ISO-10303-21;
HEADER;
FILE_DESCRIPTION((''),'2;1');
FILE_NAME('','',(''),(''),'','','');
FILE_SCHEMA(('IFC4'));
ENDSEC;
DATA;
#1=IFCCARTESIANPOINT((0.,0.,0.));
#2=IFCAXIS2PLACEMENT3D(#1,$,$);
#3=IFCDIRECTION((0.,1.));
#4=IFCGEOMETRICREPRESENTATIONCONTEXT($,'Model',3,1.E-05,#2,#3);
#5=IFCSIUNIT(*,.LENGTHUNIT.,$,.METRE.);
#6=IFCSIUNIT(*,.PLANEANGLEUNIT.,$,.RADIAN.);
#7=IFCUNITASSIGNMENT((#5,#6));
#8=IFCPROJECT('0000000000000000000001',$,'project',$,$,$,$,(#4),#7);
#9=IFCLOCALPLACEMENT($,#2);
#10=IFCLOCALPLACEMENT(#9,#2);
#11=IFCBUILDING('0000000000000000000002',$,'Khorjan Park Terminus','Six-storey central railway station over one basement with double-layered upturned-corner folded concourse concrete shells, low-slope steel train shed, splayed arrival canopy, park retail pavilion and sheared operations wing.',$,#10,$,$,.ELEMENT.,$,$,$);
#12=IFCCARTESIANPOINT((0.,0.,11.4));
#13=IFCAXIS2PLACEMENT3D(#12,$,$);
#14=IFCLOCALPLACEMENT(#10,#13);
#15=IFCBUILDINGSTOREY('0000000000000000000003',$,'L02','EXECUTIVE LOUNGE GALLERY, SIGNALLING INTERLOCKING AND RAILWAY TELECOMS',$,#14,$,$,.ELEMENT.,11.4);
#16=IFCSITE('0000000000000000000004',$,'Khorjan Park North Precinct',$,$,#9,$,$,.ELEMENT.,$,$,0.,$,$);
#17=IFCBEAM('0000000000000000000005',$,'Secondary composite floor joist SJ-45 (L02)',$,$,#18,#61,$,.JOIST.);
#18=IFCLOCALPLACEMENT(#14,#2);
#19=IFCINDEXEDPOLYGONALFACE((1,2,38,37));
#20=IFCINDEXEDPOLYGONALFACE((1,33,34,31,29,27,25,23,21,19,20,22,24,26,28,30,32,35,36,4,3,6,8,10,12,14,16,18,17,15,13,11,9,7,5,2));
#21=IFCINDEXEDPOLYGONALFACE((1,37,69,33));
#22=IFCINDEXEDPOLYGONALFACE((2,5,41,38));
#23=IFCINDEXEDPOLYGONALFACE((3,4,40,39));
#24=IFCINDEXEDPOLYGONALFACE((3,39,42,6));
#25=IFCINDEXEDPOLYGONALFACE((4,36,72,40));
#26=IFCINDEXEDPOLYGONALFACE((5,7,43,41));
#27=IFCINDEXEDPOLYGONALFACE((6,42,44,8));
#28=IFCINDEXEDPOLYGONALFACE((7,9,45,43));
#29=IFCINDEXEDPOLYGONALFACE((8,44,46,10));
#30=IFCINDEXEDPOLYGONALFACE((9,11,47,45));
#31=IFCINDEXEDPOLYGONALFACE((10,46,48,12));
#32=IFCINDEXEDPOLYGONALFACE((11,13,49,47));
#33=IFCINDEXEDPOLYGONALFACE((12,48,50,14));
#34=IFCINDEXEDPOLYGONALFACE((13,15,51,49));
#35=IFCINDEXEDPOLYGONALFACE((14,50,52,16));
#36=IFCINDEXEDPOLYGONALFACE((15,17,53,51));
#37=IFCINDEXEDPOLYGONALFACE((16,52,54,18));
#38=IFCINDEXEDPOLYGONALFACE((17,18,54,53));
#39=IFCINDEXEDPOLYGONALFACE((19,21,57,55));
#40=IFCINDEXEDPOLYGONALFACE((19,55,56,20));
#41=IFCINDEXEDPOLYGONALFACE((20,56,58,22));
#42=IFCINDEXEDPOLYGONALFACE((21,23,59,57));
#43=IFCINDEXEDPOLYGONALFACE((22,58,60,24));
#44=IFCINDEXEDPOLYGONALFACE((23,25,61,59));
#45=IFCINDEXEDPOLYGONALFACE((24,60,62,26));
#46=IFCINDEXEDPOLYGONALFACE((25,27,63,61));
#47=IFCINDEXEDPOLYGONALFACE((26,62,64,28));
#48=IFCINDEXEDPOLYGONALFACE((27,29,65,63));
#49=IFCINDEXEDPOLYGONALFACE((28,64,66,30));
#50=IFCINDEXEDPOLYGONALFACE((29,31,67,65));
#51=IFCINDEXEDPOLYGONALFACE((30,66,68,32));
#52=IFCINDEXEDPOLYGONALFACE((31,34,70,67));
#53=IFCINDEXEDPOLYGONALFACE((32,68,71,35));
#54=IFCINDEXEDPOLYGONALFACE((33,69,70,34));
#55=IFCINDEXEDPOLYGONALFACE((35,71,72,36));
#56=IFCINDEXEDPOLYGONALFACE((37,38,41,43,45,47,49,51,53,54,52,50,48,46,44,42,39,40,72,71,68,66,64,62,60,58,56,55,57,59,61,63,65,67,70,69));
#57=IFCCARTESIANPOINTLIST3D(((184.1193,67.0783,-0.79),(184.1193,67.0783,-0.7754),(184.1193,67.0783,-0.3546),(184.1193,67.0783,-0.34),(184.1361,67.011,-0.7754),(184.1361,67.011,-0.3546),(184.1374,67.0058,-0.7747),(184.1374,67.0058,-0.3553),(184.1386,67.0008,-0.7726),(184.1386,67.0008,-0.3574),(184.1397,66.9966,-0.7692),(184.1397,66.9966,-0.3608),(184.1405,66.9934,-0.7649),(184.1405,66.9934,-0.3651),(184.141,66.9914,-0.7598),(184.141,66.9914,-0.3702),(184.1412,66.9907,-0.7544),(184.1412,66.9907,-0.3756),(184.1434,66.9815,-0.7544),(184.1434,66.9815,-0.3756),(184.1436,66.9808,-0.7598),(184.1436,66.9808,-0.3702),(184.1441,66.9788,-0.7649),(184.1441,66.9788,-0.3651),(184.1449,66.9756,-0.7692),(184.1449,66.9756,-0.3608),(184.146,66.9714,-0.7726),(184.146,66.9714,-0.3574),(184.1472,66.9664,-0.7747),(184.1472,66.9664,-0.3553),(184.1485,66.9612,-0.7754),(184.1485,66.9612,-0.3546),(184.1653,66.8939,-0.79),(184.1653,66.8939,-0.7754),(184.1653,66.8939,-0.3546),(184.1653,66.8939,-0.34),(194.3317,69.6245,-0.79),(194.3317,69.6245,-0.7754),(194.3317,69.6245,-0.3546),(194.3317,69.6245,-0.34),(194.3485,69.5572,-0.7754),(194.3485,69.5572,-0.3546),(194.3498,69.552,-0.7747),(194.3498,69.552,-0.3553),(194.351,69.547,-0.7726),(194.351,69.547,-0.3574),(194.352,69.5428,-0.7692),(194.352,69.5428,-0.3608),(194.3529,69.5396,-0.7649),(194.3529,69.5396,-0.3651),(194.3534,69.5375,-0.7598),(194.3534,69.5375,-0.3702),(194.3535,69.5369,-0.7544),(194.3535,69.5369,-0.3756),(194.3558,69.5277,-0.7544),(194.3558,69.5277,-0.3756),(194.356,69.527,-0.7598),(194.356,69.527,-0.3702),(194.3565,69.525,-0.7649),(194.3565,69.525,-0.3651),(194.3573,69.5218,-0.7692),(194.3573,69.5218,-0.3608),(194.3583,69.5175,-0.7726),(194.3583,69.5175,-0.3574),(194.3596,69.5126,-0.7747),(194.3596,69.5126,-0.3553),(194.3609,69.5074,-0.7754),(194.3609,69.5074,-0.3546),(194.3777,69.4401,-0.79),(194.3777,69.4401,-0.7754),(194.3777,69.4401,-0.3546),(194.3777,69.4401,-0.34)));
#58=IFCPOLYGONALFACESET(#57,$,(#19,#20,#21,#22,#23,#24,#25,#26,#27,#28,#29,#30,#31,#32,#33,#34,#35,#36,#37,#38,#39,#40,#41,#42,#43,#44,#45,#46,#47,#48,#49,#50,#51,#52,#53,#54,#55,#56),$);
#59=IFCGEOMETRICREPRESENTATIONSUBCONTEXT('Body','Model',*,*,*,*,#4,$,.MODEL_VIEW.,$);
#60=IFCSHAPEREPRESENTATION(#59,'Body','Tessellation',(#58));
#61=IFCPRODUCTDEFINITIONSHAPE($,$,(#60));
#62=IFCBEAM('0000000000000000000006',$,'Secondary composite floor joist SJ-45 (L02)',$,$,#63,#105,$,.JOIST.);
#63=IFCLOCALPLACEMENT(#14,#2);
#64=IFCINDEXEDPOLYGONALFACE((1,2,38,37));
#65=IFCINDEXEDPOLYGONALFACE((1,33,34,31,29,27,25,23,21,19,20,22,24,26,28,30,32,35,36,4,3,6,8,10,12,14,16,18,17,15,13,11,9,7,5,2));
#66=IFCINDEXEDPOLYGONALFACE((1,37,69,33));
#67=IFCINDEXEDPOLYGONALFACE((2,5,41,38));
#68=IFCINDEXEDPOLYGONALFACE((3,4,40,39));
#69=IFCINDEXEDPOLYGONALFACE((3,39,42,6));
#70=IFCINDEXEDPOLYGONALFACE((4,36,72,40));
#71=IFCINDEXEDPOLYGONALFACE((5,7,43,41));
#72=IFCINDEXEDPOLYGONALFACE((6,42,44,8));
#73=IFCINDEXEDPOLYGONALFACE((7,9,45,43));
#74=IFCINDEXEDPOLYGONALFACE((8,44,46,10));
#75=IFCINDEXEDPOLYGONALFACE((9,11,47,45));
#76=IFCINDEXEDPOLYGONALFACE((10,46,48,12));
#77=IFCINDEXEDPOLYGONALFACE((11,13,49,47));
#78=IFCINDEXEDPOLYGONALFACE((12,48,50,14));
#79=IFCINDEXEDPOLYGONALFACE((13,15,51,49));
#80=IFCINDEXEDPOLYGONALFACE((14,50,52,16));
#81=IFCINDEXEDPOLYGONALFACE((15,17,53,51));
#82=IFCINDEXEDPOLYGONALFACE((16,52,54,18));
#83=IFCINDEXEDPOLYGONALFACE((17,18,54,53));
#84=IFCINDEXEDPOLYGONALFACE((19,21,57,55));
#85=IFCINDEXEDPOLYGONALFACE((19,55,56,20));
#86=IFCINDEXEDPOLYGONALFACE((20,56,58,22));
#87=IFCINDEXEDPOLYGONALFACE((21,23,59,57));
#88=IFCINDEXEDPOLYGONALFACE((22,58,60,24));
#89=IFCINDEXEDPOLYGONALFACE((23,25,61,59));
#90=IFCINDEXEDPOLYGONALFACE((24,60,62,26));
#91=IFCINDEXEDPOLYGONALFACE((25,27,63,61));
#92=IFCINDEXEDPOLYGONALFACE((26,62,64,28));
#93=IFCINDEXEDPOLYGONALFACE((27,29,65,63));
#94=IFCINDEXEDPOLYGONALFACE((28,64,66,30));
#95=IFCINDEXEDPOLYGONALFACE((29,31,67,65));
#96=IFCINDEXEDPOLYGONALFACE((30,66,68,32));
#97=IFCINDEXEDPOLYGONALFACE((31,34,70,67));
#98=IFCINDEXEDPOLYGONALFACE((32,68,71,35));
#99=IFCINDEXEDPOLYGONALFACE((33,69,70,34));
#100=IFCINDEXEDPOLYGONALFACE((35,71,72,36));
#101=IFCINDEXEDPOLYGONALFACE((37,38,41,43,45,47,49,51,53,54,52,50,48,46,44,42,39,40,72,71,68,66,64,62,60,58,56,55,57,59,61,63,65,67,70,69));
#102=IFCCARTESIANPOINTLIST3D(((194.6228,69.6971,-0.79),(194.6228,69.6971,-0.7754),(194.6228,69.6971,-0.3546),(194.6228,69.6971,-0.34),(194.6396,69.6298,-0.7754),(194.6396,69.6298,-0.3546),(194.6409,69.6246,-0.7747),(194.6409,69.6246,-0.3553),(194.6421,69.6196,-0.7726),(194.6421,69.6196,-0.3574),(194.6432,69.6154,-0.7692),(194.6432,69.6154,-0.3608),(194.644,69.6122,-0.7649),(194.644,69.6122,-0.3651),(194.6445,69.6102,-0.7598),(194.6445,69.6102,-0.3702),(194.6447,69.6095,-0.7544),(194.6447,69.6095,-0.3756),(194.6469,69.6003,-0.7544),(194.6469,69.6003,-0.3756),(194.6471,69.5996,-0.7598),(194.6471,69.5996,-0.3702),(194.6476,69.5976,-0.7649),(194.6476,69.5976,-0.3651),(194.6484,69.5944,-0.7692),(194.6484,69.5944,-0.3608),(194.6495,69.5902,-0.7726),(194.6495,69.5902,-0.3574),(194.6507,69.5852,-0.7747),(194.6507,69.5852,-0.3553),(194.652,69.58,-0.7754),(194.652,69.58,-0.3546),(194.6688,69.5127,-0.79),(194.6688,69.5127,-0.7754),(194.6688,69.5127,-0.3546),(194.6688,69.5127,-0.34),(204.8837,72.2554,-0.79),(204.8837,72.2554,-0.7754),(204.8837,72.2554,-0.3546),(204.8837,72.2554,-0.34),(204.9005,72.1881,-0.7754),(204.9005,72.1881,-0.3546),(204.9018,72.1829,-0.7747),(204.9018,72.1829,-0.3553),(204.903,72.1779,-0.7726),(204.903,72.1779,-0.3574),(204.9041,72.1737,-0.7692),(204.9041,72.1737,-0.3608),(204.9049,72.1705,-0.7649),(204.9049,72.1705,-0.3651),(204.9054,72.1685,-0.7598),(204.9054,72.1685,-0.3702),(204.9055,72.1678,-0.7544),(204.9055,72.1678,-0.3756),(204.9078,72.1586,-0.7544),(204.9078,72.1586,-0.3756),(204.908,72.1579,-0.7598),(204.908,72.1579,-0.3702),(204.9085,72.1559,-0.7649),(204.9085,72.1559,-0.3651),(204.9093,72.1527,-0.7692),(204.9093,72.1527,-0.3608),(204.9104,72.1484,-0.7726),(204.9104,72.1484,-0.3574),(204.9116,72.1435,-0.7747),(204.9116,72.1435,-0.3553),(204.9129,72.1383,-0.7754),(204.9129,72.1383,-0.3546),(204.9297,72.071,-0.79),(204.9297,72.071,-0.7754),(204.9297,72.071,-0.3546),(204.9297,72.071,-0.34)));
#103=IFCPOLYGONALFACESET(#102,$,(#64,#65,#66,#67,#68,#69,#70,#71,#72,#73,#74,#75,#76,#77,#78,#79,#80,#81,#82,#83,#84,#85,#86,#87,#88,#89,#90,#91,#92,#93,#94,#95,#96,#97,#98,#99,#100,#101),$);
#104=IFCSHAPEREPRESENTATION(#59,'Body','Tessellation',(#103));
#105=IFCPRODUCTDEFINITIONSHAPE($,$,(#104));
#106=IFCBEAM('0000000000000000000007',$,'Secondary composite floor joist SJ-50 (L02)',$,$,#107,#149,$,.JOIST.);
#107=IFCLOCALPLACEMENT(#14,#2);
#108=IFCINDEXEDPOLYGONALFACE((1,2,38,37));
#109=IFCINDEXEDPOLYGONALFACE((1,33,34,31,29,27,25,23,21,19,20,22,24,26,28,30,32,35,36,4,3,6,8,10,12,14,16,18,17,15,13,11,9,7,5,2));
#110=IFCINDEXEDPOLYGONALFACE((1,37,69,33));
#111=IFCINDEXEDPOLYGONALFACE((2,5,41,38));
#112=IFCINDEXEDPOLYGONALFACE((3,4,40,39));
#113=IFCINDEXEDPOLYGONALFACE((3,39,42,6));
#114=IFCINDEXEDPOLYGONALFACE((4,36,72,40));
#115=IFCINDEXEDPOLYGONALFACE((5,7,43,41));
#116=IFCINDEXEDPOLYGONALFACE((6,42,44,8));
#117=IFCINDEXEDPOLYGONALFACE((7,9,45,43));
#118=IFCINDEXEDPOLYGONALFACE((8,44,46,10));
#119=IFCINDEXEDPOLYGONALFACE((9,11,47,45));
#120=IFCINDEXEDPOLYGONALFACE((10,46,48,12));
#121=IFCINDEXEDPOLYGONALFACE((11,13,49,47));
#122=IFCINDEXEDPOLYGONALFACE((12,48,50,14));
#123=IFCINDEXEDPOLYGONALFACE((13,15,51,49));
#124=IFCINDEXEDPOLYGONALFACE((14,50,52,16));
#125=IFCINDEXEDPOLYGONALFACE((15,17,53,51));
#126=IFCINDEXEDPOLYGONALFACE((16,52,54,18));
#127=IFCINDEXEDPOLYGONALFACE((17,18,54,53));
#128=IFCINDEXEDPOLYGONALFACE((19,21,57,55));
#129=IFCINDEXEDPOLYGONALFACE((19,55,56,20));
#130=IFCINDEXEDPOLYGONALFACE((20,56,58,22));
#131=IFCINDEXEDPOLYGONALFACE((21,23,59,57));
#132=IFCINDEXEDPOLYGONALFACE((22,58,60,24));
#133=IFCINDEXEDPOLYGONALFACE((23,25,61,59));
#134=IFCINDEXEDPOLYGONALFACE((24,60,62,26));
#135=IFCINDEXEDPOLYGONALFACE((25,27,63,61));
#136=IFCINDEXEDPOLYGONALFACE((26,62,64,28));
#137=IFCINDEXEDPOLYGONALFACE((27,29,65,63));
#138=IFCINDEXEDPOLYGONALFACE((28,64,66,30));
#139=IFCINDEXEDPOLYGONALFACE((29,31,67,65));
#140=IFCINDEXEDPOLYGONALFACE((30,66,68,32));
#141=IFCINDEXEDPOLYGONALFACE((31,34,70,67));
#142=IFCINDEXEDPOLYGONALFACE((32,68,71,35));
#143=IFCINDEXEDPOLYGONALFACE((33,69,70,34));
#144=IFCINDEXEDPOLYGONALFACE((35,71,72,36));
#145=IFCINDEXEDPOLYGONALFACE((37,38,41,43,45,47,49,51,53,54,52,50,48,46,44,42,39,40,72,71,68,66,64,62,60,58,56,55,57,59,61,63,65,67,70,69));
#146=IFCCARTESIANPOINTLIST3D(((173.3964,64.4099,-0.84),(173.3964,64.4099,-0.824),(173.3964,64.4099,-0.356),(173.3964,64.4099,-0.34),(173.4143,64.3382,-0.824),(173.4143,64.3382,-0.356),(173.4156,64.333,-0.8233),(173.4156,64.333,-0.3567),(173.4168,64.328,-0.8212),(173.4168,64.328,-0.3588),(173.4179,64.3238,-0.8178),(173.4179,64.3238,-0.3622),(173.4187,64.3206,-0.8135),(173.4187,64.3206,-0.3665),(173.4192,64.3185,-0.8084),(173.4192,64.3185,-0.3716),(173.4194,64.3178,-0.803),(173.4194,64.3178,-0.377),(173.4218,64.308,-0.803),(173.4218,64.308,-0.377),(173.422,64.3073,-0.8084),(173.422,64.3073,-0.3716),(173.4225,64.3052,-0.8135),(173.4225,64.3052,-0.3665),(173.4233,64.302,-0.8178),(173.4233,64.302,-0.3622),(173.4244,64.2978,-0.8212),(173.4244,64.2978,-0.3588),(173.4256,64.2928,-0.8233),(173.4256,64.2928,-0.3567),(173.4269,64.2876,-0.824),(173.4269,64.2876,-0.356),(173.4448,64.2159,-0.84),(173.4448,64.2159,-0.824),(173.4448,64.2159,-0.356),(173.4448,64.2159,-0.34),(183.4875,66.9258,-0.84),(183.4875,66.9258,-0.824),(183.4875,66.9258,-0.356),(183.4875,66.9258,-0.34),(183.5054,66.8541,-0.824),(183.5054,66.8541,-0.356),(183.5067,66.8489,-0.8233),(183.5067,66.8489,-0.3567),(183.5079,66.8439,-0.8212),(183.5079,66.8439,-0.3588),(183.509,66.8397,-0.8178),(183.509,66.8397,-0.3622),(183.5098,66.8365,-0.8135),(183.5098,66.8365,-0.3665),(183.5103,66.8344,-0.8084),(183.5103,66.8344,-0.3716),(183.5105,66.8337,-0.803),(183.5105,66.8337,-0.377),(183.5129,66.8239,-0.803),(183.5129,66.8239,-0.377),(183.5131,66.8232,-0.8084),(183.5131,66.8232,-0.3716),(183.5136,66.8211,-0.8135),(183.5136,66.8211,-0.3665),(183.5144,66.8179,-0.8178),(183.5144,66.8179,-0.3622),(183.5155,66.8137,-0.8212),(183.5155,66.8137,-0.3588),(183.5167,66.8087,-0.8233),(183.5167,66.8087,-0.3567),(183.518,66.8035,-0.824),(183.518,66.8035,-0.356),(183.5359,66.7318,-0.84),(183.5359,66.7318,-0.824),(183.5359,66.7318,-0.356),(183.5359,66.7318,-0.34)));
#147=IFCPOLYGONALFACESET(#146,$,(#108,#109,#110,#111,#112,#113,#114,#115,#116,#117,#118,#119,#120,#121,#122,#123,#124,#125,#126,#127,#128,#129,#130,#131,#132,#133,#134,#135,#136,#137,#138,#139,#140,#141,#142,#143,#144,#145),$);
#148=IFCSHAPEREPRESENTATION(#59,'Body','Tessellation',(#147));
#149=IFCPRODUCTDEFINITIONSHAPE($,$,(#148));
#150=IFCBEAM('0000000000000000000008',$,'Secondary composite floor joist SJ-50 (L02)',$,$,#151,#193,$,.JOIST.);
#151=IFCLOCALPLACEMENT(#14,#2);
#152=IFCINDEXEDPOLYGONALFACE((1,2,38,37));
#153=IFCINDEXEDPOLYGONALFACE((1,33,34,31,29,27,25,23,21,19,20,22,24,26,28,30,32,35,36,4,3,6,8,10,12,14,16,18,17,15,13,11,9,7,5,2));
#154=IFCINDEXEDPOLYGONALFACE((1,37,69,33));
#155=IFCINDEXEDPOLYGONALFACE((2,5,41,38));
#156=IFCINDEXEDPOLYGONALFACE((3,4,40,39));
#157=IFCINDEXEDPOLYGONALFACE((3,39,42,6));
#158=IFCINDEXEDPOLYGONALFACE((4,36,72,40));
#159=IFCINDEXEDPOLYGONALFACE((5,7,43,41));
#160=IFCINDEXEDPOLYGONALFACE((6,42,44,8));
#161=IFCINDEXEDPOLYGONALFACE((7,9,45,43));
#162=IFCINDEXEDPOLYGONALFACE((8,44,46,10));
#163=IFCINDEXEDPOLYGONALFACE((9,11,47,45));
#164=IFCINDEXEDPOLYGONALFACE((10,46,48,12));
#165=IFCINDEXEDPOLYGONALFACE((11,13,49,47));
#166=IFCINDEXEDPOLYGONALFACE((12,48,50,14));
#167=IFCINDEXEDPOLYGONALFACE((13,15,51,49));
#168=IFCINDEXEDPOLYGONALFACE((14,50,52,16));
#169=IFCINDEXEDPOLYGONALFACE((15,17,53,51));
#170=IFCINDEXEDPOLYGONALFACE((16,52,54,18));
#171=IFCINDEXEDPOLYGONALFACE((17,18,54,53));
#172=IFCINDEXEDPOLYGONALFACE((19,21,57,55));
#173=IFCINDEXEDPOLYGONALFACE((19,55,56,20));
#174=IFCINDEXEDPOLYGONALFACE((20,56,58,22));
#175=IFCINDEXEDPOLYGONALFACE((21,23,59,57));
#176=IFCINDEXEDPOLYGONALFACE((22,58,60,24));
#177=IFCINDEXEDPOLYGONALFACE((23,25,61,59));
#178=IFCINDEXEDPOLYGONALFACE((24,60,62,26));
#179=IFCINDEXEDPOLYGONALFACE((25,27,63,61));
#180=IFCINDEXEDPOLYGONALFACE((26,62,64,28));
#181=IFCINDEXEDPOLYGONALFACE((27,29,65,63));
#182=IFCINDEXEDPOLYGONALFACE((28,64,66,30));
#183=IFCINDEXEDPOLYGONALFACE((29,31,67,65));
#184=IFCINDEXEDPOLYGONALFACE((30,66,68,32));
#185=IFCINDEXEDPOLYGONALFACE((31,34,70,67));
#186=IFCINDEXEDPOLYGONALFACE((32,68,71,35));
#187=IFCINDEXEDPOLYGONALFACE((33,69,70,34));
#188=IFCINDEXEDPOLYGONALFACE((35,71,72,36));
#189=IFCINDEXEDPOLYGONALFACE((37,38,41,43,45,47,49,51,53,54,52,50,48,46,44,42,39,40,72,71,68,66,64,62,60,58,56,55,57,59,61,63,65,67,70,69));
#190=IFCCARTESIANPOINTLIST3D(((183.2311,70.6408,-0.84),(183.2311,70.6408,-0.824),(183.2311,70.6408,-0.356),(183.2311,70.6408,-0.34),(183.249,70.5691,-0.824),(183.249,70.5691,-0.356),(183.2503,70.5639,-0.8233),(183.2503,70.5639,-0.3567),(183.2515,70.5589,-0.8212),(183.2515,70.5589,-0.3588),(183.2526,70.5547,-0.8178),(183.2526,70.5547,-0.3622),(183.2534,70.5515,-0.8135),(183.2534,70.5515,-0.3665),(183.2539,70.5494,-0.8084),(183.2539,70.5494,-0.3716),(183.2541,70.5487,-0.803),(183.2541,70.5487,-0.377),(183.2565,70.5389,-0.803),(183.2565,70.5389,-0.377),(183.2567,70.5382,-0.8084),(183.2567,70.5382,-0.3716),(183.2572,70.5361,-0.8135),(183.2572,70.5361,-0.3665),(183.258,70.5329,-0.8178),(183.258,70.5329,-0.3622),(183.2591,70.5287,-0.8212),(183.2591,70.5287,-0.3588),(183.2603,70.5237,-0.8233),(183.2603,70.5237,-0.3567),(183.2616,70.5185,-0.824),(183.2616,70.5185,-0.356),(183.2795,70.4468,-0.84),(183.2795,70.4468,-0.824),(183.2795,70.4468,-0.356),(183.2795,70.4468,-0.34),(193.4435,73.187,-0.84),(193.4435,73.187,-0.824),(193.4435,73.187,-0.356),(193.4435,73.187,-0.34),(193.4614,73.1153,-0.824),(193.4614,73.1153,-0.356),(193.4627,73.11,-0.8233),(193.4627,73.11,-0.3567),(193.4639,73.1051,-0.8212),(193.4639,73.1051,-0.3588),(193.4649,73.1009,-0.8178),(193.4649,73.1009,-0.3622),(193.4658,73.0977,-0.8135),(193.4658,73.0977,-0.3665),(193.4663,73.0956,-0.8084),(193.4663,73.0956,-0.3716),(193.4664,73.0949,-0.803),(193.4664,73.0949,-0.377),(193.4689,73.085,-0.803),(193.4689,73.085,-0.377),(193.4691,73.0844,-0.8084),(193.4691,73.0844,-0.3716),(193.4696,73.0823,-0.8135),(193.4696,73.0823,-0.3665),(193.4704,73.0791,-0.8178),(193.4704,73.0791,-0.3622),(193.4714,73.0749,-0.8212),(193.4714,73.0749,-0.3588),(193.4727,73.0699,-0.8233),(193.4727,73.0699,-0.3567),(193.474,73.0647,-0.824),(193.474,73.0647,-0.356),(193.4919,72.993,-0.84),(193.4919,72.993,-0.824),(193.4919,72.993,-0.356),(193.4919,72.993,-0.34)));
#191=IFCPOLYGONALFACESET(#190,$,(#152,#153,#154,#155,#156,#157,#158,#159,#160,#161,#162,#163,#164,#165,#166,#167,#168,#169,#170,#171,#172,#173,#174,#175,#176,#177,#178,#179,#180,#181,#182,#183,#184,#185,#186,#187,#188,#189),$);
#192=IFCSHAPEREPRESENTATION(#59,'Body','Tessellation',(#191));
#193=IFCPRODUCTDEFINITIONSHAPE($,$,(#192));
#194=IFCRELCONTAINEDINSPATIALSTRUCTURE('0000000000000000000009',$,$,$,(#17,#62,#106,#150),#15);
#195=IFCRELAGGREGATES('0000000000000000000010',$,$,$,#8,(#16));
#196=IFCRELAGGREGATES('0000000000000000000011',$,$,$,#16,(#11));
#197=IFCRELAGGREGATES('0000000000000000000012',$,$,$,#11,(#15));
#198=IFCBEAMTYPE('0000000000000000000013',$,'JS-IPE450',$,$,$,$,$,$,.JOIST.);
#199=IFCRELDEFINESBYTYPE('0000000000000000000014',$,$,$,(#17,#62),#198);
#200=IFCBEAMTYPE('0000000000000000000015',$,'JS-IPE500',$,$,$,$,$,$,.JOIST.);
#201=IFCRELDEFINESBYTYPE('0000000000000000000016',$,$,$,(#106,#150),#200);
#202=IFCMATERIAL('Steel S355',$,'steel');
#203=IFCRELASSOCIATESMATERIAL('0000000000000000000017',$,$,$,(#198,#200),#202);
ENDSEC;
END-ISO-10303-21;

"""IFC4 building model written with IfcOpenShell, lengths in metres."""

from ifc_helpers import new_model, si_unit, direction, frame, origin, origin_2d, place, context, subcontext, project, spatial, i_section, extrude, material, material_profile, profile_set, type_object, element, save


model = new_model("IFC4")

# Units and contexts
model_context = context("Model", 3, precision=1e-05, world=origin(), true_north=direction((0.0, 1.0)))
body_context = subcontext(model_context, "Body", "Model", "MODEL_VIEW")
ifc_project = project(units=[si_unit("LENGTHUNIT", "METRE"), si_unit("PLANEANGLEUNIT", "RADIAN")], contexts=[model_context])

# Site, building, storey
site_placement = place(None, origin())
site = spatial("IfcSite", under=ifc_project, at=site_placement, Name="Khorjan Park North Precinct", CompositionType="ELEMENT", RefElevation=0.0)
building_placement = place(site_placement, origin())
building = spatial("IfcBuilding", under=site, at=building_placement, Name="Khorjan Park Terminus", Description="Six-storey central railway station over one basement with double-layered upturned-corner folded concourse concrete shells, low-slope steel train shed, splayed arrival canopy, park retail pavilion and sheared operations wing.", CompositionType="ELEMENT")
storey_placement = place(building_placement, frame((0.0, 0.0, 11.4)))
storey = spatial("IfcBuildingStorey", under=building, at=storey_placement, Name="L02", Description="EXECUTIVE LOUNGE GALLERY, SIGNALLING INTERLOCKING AND RAILWAY TELECOMS", CompositionType="ELEMENT", Elevation=11.4)

# Beams
ifc_material_1 = material(Name="Steel S355", Category="steel")
ifc_material_profile_1 = material_profile(ifc_material_1, i_section(OverallWidth=0.19, OverallDepth=0.45, WebThickness=0.0094, FlangeThickness=0.0146, FilletRadius=0.021, at=origin_2d()), Name="IPE 450")
ifc_profile_set_1 = profile_set([ifc_material_profile_1], Name="Steel S355")
beam_type_1 = type_object("IfcBeamType", Name="JS-IPE450", PredefinedType="JOIST", material=ifc_profile_set_1)
beam_1_placement = place(storey_placement, frame((184.1423, 66.9861, -0.565), z_axis=(0.970297, 0.241919, 0.0), x_axis=(-0.241919, 0.970297, 0.0)))
element("IfcBeam", 1, at=beam_1_placement, inside=storey, type_object=beam_type_1, Name="Secondary composite floor joist SJ-45 (L02)", PredefinedType="JOIST", context=body_context, shape_type="SweptSolid", body=[
    extrude(i_section(OverallWidth=0.19, OverallDepth=0.45, WebThickness=0.0094, FlangeThickness=0.0146, FilletRadius=0.021, at=origin_2d()), origin(), (0.0, 0.0, 1.0), 10.525),
])
beam_2_placement = place(storey_placement, frame((194.6458, 69.6049, -0.565), z_axis=(0.970296, 0.241919, 0.0), x_axis=(-0.241919, 0.970296, 0.0)))
element("IfcBeam", 2, at=beam_2_placement, inside=storey, type_object=beam_type_1, Name="Secondary composite floor joist SJ-45 (L02)", PredefinedType="JOIST", context=body_context, shape_type="SweptSolid", body=[
    extrude(i_section(OverallWidth=0.19, OverallDepth=0.45, WebThickness=0.0094, FlangeThickness=0.0146, FilletRadius=0.021, at=origin_2d()), origin(), (0.0, 0.0, 1.0), 10.575),
])
ifc_material_profile_2 = material_profile(ifc_material_1, i_section(OverallWidth=0.2, OverallDepth=0.5, WebThickness=0.0102, FlangeThickness=0.016, FilletRadius=0.021, at=origin_2d()), Name="IPE 500")
ifc_profile_set_2 = profile_set([ifc_material_profile_2], Name="Steel S355")
beam_type_2 = type_object("IfcBeamType", Name="JS-IPE500", PredefinedType="JOIST", material=ifc_profile_set_2)
beam_3_placement = place(storey_placement, frame((173.4206, 64.3129, -0.59), z_axis=(0.970298, 0.241913, 0.0), x_axis=(-0.241913, 0.970298, 0.0)))
element("IfcBeam", 3, at=beam_3_placement, inside=storey, type_object=beam_type_2, Name="Secondary composite floor joist SJ-50 (L02)", PredefinedType="JOIST", context=body_context, shape_type="SweptSolid", body=[
    extrude(i_section(OverallWidth=0.2, OverallDepth=0.5, WebThickness=0.0102, FlangeThickness=0.016, FilletRadius=0.021, at=origin_2d()), origin(), (0.0, 0.0, 1.0), 10.4),
])
beam_4_placement = place(storey_placement, frame((183.2553, 70.5438, -0.59), z_axis=(0.970297, 0.241919, 0.0), x_axis=(-0.241919, 0.970297, 0.0)))
element("IfcBeam", 4, at=beam_4_placement, inside=storey, type_object=beam_type_2, Name="Secondary composite floor joist SJ-50 (L02)", PredefinedType="JOIST", context=body_context, shape_type="SweptSolid", body=[
    extrude(i_section(OverallWidth=0.2, OverallDepth=0.5, WebThickness=0.0102, FlangeThickness=0.016, FilletRadius=0.021, at=origin_2d()), origin(), (0.0, 0.0, 1.0), 10.525),
])

save(model, "model.ifc")
